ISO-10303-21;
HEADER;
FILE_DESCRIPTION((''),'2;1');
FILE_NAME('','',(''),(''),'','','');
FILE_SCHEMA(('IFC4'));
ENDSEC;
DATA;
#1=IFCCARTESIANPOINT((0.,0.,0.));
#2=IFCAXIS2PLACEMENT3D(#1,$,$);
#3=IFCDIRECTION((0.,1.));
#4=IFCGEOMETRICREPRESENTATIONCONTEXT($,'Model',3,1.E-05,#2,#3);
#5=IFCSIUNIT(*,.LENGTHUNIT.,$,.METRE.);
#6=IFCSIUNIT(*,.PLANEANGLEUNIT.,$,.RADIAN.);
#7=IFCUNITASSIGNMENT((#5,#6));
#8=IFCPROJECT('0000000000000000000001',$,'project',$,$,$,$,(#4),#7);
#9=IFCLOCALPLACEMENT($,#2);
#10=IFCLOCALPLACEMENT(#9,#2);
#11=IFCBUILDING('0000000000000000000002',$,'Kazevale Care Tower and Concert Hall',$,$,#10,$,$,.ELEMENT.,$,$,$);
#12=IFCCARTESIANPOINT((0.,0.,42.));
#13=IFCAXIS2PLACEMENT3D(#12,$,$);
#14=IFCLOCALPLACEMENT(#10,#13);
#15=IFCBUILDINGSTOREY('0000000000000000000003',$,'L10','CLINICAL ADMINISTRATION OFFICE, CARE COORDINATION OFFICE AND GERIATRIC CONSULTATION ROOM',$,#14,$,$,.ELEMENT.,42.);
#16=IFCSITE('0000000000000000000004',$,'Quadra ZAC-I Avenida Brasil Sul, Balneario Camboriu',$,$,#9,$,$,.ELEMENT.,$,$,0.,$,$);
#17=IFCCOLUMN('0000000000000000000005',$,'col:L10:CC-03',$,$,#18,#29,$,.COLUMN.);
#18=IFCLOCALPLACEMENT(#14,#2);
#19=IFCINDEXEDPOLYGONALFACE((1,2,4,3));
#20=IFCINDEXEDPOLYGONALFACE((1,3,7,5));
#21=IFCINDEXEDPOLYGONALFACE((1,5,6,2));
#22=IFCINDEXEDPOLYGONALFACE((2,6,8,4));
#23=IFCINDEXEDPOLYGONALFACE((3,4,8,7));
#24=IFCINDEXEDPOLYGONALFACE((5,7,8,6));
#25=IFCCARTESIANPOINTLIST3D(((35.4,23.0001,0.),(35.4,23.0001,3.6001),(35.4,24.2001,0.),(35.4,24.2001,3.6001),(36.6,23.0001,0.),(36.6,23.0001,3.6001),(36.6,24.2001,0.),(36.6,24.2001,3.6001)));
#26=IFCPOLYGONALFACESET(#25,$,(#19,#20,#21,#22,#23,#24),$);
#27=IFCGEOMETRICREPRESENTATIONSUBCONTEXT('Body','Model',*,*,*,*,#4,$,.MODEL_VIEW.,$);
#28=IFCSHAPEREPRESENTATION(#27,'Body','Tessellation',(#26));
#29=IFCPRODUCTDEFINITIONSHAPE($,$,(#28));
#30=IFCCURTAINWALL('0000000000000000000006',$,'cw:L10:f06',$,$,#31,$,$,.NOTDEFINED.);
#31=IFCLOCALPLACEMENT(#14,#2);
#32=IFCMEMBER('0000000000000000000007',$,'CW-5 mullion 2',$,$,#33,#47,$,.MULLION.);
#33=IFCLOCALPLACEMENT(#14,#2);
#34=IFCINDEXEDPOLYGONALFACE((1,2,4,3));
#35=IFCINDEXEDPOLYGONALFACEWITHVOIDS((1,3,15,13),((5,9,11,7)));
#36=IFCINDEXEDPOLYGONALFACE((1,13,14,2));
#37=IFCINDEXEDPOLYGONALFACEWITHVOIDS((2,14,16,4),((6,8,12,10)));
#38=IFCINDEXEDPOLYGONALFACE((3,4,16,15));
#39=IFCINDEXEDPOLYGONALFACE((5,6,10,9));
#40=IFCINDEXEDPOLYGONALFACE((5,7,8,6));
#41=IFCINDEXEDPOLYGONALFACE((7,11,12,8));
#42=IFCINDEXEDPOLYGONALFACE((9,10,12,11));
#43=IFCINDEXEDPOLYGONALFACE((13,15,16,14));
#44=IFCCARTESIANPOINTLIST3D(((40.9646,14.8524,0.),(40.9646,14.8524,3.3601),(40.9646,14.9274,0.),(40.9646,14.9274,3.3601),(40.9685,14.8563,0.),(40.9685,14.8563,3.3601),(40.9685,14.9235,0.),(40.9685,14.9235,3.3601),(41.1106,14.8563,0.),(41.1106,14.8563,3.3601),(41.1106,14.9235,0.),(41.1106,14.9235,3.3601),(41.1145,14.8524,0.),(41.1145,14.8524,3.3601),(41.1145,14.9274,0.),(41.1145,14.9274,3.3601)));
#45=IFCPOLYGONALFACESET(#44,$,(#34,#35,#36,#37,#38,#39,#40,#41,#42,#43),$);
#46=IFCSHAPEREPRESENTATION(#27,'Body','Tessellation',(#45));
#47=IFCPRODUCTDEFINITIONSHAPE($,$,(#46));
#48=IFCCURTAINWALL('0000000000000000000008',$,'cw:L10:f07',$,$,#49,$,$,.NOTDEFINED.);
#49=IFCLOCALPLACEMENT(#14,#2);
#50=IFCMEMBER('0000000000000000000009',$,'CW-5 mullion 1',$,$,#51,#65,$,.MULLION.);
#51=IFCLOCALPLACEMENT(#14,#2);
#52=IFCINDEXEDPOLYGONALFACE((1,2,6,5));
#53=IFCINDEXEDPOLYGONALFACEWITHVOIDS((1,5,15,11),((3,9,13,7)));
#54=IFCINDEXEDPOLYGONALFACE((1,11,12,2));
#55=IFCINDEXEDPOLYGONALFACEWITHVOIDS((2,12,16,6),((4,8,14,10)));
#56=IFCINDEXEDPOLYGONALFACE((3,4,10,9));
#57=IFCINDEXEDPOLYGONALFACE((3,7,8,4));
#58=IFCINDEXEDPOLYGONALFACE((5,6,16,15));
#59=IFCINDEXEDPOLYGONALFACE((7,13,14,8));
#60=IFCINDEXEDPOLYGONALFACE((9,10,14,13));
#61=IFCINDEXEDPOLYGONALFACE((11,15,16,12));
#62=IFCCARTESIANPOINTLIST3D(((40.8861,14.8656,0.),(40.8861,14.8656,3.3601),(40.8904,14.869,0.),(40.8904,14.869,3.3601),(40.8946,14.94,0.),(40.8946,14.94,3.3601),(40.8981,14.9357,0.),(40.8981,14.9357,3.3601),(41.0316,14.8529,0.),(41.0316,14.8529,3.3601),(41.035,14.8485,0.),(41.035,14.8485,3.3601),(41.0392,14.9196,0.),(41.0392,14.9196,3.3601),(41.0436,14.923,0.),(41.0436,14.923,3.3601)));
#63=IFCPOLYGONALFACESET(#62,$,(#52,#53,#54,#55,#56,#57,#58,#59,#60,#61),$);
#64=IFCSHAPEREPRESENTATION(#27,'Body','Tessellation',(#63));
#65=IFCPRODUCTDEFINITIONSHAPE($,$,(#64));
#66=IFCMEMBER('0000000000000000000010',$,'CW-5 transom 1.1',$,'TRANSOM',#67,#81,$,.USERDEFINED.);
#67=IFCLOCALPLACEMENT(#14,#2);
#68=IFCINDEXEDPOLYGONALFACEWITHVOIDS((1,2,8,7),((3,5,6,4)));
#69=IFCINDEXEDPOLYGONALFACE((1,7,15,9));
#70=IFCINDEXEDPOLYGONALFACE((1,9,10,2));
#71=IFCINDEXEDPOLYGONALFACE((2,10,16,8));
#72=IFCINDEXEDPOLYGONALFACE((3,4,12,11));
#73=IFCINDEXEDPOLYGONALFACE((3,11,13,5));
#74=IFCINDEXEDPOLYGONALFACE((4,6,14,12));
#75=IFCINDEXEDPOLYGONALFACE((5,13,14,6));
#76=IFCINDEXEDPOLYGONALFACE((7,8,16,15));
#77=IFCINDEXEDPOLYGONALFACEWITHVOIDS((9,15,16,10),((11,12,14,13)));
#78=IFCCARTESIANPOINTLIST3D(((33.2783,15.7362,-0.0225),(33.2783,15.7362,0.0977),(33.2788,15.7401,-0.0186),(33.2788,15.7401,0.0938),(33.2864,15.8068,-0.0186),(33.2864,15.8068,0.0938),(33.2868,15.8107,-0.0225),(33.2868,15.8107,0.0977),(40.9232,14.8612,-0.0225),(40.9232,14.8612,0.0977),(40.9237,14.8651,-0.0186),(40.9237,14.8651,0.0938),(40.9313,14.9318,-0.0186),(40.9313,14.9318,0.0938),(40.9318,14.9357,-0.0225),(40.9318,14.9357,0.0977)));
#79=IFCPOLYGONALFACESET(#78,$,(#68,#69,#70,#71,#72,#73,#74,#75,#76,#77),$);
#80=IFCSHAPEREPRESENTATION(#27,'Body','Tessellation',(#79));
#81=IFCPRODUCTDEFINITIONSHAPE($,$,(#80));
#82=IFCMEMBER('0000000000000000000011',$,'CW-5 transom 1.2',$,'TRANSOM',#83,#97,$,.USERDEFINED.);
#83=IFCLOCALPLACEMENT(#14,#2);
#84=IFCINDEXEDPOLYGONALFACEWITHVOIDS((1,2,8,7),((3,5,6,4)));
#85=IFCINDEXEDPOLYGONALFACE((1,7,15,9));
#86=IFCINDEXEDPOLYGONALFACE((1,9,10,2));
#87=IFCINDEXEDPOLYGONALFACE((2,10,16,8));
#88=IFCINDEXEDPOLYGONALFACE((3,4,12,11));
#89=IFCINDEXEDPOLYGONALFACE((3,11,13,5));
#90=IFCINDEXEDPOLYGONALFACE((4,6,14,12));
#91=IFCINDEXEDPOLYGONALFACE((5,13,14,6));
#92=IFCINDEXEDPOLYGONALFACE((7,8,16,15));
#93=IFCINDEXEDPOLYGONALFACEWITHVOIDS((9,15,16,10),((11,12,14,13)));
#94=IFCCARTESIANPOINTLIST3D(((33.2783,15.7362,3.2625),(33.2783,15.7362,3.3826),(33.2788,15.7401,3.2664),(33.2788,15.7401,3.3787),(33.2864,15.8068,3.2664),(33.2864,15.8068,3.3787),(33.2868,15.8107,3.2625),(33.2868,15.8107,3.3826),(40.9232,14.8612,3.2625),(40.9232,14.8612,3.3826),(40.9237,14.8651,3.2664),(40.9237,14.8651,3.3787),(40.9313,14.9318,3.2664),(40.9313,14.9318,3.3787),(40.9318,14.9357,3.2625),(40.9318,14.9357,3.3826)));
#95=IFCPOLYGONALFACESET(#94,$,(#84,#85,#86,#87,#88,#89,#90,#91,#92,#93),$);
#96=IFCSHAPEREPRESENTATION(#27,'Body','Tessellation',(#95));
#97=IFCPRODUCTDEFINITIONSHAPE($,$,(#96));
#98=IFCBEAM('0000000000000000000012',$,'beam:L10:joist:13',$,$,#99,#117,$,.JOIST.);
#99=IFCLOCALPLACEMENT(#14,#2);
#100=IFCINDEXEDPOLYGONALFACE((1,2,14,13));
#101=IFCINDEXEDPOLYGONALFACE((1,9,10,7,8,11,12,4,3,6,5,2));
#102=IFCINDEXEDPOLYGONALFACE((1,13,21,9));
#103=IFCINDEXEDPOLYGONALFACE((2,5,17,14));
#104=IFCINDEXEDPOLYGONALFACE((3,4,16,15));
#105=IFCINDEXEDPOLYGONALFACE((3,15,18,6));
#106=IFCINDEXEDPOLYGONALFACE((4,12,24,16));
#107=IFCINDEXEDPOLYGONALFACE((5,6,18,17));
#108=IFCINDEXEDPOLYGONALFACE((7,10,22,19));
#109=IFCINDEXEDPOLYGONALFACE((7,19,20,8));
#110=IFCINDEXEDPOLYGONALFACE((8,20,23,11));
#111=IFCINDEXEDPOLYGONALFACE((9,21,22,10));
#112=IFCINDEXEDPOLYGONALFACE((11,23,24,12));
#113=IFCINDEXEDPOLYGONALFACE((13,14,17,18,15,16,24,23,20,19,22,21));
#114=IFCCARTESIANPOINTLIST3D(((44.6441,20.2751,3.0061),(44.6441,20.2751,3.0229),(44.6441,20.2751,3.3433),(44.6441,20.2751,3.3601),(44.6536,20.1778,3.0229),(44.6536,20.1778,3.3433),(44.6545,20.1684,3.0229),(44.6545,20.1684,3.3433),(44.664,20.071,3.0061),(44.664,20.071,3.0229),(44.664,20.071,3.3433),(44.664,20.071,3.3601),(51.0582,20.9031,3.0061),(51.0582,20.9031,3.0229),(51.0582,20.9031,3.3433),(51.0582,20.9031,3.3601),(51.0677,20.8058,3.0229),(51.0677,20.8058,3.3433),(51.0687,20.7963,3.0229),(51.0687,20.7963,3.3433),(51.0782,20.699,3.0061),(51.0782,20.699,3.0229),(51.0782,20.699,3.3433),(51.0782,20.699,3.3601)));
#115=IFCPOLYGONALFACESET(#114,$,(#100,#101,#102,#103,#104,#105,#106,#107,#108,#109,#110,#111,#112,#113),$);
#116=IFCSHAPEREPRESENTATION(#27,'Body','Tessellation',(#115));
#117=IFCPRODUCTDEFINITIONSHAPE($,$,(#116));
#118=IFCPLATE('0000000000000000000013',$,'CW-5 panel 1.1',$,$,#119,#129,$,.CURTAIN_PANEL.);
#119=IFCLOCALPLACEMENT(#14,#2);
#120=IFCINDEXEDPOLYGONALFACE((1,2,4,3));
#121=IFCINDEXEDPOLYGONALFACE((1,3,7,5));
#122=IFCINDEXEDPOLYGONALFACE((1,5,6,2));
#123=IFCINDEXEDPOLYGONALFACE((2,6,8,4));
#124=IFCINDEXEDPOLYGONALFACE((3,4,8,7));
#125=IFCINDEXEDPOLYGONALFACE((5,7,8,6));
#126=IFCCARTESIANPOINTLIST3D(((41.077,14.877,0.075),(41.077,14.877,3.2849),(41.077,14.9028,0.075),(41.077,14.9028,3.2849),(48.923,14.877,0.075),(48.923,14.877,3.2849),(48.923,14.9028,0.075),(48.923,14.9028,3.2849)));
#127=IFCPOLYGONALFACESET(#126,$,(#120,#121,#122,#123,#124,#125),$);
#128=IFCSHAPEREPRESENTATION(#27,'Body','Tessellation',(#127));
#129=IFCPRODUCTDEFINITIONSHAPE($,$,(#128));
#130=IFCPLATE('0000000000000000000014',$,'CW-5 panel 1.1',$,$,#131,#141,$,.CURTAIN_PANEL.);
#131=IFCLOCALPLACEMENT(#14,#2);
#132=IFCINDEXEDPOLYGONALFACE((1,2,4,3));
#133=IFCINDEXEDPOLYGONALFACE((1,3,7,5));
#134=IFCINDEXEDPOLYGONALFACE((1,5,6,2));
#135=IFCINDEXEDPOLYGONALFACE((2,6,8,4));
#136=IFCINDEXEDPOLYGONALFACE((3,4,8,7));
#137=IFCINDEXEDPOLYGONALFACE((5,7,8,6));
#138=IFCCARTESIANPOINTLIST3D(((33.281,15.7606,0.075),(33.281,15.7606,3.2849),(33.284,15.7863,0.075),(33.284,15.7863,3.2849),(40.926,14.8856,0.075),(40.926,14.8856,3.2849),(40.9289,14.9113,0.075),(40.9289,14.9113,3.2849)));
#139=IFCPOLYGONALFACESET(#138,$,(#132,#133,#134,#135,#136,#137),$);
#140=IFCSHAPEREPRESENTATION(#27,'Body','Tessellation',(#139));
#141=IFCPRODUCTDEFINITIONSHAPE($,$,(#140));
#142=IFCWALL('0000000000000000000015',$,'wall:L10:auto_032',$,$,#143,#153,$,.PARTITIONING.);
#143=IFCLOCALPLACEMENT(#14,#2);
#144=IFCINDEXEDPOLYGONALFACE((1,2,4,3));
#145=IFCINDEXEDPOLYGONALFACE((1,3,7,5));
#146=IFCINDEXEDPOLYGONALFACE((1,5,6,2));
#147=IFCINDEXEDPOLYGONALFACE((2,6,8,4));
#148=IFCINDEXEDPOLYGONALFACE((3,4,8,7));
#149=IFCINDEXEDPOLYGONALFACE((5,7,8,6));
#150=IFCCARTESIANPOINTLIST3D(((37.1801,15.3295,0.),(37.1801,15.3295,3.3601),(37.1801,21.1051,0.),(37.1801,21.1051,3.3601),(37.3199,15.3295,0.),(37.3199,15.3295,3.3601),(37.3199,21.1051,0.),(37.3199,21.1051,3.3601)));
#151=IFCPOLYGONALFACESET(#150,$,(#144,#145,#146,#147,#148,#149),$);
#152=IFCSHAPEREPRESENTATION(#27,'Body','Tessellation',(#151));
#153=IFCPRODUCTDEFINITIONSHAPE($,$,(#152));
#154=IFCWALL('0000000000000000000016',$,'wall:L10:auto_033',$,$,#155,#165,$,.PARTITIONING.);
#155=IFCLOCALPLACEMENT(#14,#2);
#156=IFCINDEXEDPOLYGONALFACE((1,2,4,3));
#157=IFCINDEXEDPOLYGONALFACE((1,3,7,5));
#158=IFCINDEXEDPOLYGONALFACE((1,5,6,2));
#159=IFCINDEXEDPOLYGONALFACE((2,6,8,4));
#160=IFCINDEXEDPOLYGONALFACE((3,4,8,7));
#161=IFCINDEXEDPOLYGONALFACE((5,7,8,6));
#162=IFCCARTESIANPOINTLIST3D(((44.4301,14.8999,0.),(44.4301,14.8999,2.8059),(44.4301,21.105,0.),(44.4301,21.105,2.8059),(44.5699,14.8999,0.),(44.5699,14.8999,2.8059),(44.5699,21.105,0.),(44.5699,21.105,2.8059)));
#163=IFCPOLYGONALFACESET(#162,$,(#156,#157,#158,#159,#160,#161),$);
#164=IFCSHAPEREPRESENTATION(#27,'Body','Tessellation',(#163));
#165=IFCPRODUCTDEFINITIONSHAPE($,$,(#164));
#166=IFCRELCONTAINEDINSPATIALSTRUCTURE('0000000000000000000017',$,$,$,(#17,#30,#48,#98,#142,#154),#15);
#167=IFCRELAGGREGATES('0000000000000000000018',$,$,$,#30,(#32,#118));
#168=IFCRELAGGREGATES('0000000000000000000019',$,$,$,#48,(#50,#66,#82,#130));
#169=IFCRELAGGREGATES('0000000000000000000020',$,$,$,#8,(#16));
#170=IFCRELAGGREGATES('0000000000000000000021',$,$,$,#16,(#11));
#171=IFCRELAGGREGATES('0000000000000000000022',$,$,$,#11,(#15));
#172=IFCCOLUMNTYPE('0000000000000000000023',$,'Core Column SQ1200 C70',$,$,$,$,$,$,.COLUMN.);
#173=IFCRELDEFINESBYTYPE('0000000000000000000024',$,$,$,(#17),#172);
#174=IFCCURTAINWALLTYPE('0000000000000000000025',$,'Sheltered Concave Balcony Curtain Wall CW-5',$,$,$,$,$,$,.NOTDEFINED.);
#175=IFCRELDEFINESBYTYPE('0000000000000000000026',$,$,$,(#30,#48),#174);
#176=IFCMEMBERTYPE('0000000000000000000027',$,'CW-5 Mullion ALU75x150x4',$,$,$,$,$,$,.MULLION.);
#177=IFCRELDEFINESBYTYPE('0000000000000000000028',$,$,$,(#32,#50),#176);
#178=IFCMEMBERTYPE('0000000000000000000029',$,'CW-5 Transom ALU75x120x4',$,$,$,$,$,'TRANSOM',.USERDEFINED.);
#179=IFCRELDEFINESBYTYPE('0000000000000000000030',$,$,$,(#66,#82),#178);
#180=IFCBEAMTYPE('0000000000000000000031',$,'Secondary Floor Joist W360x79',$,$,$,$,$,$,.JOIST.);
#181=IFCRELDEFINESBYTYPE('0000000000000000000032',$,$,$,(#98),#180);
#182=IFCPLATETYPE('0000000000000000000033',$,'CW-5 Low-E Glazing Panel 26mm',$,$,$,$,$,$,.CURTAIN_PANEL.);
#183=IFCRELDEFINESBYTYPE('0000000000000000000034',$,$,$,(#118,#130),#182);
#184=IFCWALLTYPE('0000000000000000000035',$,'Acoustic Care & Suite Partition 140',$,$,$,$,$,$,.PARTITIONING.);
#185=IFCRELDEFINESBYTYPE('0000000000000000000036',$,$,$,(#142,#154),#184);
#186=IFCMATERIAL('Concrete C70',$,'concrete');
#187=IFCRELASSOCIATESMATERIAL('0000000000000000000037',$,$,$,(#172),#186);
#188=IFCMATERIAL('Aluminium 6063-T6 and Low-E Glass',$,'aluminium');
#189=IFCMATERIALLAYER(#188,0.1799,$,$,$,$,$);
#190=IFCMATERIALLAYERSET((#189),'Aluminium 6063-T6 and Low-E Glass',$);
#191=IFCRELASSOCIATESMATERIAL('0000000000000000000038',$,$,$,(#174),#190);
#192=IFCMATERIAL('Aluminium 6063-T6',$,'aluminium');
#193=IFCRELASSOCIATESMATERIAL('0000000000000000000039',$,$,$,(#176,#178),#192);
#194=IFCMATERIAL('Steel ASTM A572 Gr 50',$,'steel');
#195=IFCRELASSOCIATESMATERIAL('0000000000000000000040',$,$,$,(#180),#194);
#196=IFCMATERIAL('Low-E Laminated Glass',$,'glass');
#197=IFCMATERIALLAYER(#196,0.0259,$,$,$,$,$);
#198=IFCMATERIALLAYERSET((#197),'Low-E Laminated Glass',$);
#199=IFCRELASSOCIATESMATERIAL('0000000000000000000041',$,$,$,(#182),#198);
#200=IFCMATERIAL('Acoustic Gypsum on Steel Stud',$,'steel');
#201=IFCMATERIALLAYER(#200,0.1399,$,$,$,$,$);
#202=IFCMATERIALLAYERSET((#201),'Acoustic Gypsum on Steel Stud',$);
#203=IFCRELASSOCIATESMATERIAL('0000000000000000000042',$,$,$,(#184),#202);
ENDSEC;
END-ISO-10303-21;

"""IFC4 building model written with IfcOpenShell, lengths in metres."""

from ifc_helpers import new_model, si_unit, direction, frame, frame_2d, origin, origin_2d, place, context, subcontext, project, spatial, rectangle, hollow_rectangle, i_section, extrude, material, layer, layer_set, material_profile, profile_set, type_object, element, aggregate, save


model = new_model("IFC4")

# Units and contexts
model_context = context("Model", 3, precision=1e-05, world=origin(), true_north=direction((0.0, 1.0)))
body_context = subcontext(model_context, "Body", "Model", "MODEL_VIEW")
ifc_project = project(units=[si_unit("LENGTHUNIT", "METRE"), si_unit("PLANEANGLEUNIT", "RADIAN")], contexts=[model_context])

# Site, building, storey
site_placement = place(None, origin())
site = spatial("IfcSite", under=ifc_project, at=site_placement, Name="Quadra ZAC-I Avenida Brasil Sul, Balneario Camboriu", CompositionType="ELEMENT", RefElevation=0.0)
building_placement = place(site_placement, origin())
building = spatial("IfcBuilding", under=site, at=building_placement, Name="Kazevale Care Tower and Concert Hall", CompositionType="ELEMENT")
storey_placement = place(building_placement, frame((0.0, 0.0, 42.0)))
storey = spatial("IfcBuildingStorey", under=building, at=storey_placement, Name="L10", Description="CLINICAL ADMINISTRATION OFFICE, CARE COORDINATION OFFICE AND GERIATRIC CONSULTATION ROOM", CompositionType="ELEMENT", Elevation=42.0)

# Column
ifc_material_1 = material(Name="Concrete C70", Category="concrete")
ifc_material_profile_1 = material_profile(ifc_material_1, rectangle(XDim=1.2, YDim=1.2, at=origin_2d()), Name="RC-SQ1200")
ifc_profile_set_1 = profile_set([ifc_material_profile_1], Name="Concrete C70")
column_type = type_object("IfcColumnType", Name="Core Column SQ1200 C70", PredefinedType="COLUMN", material=ifc_profile_set_1)
column_placement = place(storey_placement, frame((36.0, 23.6001, 0.0), z_axis=(0.0, 0.0, 1.0), x_axis=(1.0, 0.0, 0.0)))
element("IfcColumn", 1, at=column_placement, inside=storey, type_object=column_type, Name="col:L10:CC-03", PredefinedType="COLUMN", context=body_context, shape_type="SweptSolid", body=[
    extrude(rectangle(XDim=1.2, YDim=1.2, at=origin_2d()), origin(), (0.0, 0.0, 1.0), 3.6001),
])

# Curtain wall, member
ifc_material_2 = material(Name="Aluminium 6063-T6 and Low-E Glass", Category="aluminium")
ifc_layer_1 = layer(ifc_material_2, 0.1799)
ifc_layer_set_1 = layer_set([ifc_layer_1], Name="Aluminium 6063-T6 and Low-E Glass")
curtain_wall_type = type_object("IfcCurtainWallType", Name="Sheltered Concave Balcony Curtain Wall CW-5", PredefinedType="NOTDEFINED", material=ifc_layer_set_1)
curtain_wall_1_placement = place(storey_placement, origin())
curtain_wall_1 = element("IfcCurtainWall", 2, at=curtain_wall_1_placement, inside=storey, type_object=curtain_wall_type, Name="cw:L10:f06", PredefinedType="NOTDEFINED")
ifc_material_3 = material(Name="Aluminium 6063-T6", Category="aluminium")
ifc_material_profile_2 = material_profile(ifc_material_3, hollow_rectangle(XDim=0.075, YDim=0.1499, WallThickness=0.0039, at=origin_2d()), Name="ALU75x150x4")
ifc_profile_set_2 = profile_set([ifc_material_profile_2], Name="Aluminium 6063-T6")
member_type_1 = type_object("IfcMemberType", Name="CW-5 Mullion ALU75x150x4", PredefinedType="MULLION", material=ifc_profile_set_2)
member_1_placement = place(storey_placement, frame((41.0396, 14.8899, 0.0), z_axis=(0.0, 0.0, 1.0), x_axis=(0.0, -1.0, 0.0)))
member_1 = element("IfcMember", 3, at=member_1_placement, type_object=member_type_1, Name="CW-5 mullion 2", PredefinedType="MULLION", context=body_context, shape_type="SweptSolid", body=[
    extrude(hollow_rectangle(XDim=0.075, YDim=0.1499, WallThickness=0.0039, at=origin_2d()), origin(), (0.0, 0.0, 1.0), 3.3601),
])

# Curtain wall, members
curtain_wall_2_placement = place(storey_placement, origin())
curtain_wall_2 = element("IfcCurtainWall", 4, at=curtain_wall_2_placement, inside=storey, type_object=curtain_wall_type, Name="cw:L10:f07", PredefinedType="NOTDEFINED")
member_2_placement = place(storey_placement, frame((40.9648, 14.8943, 0.0), z_axis=(0.0, 0.0, 1.0), x_axis=(-0.113705, -0.993515, 0.0)))
member_2 = element("IfcMember", 5, at=member_2_placement, type_object=member_type_1, Name="CW-5 mullion 1", PredefinedType="MULLION", context=body_context, shape_type="SweptSolid", body=[
    extrude(hollow_rectangle(XDim=0.075, YDim=0.1499, WallThickness=0.0039, at=origin_2d()), origin(), (0.0, 0.0, 1.0), 3.3601),
])
ifc_material_profile_3 = material_profile(ifc_material_3, hollow_rectangle(XDim=0.075, YDim=0.1201, WallThickness=0.0039, at=origin_2d()), Name="ALU75x120x4")
ifc_profile_set_3 = profile_set([ifc_material_profile_3], Name="Aluminium 6063-T6")
member_type_2 = type_object("IfcMemberType", Name="CW-5 Transom ALU75x120x4", ElementType="TRANSOM", PredefinedType="USERDEFINED", material=ifc_profile_set_3)
member_3_placement = place(storey_placement, frame((40.9275, 14.8984, 0.0376), z_axis=(-0.993514, 0.113711, 0.0), x_axis=(-0.113711, -0.993514, 0.0)))
member_3 = element("IfcMember", 6, at=member_3_placement, type_object=member_type_2, Name="CW-5 transom 1.1", ObjectType="TRANSOM", PredefinedType="USERDEFINED", context=body_context, shape_type="SweptSolid", body=[
    extrude(hollow_rectangle(XDim=0.075, YDim=0.1201, WallThickness=0.0039, at=origin_2d()), origin(), (0.0, 0.0, 1.0), 7.6948),
])
member_4_placement = place(storey_placement, frame((40.9275, 14.8984, 3.3225), z_axis=(-0.993514, 0.113711, 0.0), x_axis=(-0.113711, -0.993514, 0.0)))
member_4 = element("IfcMember", 7, at=member_4_placement, type_object=member_type_2, Name="CW-5 transom 1.2", ObjectType="TRANSOM", PredefinedType="USERDEFINED", context=body_context, shape_type="SweptSolid", body=[
    extrude(hollow_rectangle(XDim=0.075, YDim=0.1201, WallThickness=0.0039, at=origin_2d()), origin(), (0.0, 0.0, 1.0), 7.6948),
])

# Beam
ifc_material_4 = material(Name="Steel ASTM A572 Gr 50", Category="steel")
ifc_material_profile_4 = material_profile(ifc_material_4, i_section(OverallWidth=0.2051, OverallDepth=0.354, WebThickness=0.0095, FlangeThickness=0.0168, at=origin_2d()), Name="W360x79")
ifc_profile_set_4 = profile_set([ifc_material_profile_4], Name="Steel ASTM A572 Gr 50")
beam_type = type_object("IfcBeamType", Name="Secondary Floor Joist W360x79", PredefinedType="JOIST", material=ifc_profile_set_4)
beam_placement = place(storey_placement, frame((44.6541, 20.1731, 3.1831), z_axis=(0.995242, 0.097433, 0.0), x_axis=(-0.097433, 0.995242, 0.0)))
element("IfcBeam", 8, at=beam_placement, inside=storey, type_object=beam_type, Name="beam:L10:joist:13", PredefinedType="JOIST", context=body_context, shape_type="SweptSolid", body=[
    extrude(i_section(OverallWidth=0.2051, OverallDepth=0.354, WebThickness=0.0095, FlangeThickness=0.0168, at=origin_2d()), origin(), (0.0, 0.0, 1.0), 6.4448),
])

# Plates
ifc_material_5 = material(Name="Low-E Laminated Glass", Category="glass")
ifc_layer_2 = layer(ifc_material_5, 0.0259)
ifc_layer_set_2 = layer_set([ifc_layer_2], Name="Low-E Laminated Glass")
plate_type = type_object("IfcPlateType", Name="CW-5 Low-E Glazing Panel 26mm", PredefinedType="CURTAIN_PANEL", material=ifc_layer_set_2)
plate_1_placement = place(storey_placement, frame((45.0, 14.8899, 0.075), z_axis=(0.0, 0.0, 1.0), x_axis=(-1.0, 0.0, 0.0)))
plate_1 = element("IfcPlate", 9, at=plate_1_placement, type_object=plate_type, Name="CW-5 panel 1.1", PredefinedType="CURTAIN_PANEL", context=body_context, shape_type="SweptSolid", body=[
    extrude(rectangle(XDim=7.8459, YDim=0.0259, at=origin_2d()), origin(), (0.0, 0.0, 1.0), 3.21),
])
aggregate(curtain_wall_1, [member_1, plate_1])
plate_2_placement = place(storey_placement, frame((37.105, 15.3359, 0.075), z_axis=(0.0, 0.0, 1.0), x_axis=(-0.993515, 0.113705, 0.0)))
plate_2 = element("IfcPlate", 10, at=plate_2_placement, type_object=plate_type, Name="CW-5 panel 1.1", PredefinedType="CURTAIN_PANEL", context=body_context, shape_type="SweptSolid", body=[
    extrude(rectangle(XDim=7.6948, YDim=0.0259, at=origin_2d()), origin(), (0.0, 0.0, 1.0), 3.21),
])
aggregate(curtain_wall_2, [member_2, member_3, member_4, plate_2])

# Walls
ifc_material_6 = material(Name="Acoustic Gypsum on Steel Stud", Category="steel")
ifc_layer_3 = layer(ifc_material_6, 0.1399)
ifc_layer_set_3 = layer_set([ifc_layer_3], Name="Acoustic Gypsum on Steel Stud")
wall_type_1 = type_object("IfcWallType", Name="Acoustic Care & Suite Partition 140", PredefinedType="PARTITIONING", material=ifc_layer_set_3)
wall_1_placement = place(storey_placement, frame((37.25, 21.105, 0.0), z_axis=(0.0, 0.0, 1.0), x_axis=(0.0, -1.0, 0.0)))
element("IfcWall", 11, at=wall_1_placement, inside=storey, type_object=wall_type_1, Name="wall:L10:auto_032", PredefinedType="PARTITIONING", context=body_context, shape_type="SweptSolid", body=[
    extrude(rectangle(XDim=5.7756, YDim=0.1399, at=frame_2d((2.8877, 0.0))), origin(), (0.0, 0.0, 1.0), 3.3601),
])
wall_2_placement = place(storey_placement, frame((44.5, 21.105, 0.0), z_axis=(0.0, 0.0, 1.0), x_axis=(0.0, -1.0, 0.0)))
element("IfcWall", 12, at=wall_2_placement, inside=storey, type_object=wall_type_1, Name="wall:L10:auto_033", PredefinedType="PARTITIONING", context=body_context, shape_type="SweptSolid", body=[
    extrude(rectangle(XDim=6.2051, YDim=0.1399, at=frame_2d((3.1025, 0.0))), origin(), (0.0, 0.0, 1.0), 2.8059),
])

save(model, "model.ifc")
